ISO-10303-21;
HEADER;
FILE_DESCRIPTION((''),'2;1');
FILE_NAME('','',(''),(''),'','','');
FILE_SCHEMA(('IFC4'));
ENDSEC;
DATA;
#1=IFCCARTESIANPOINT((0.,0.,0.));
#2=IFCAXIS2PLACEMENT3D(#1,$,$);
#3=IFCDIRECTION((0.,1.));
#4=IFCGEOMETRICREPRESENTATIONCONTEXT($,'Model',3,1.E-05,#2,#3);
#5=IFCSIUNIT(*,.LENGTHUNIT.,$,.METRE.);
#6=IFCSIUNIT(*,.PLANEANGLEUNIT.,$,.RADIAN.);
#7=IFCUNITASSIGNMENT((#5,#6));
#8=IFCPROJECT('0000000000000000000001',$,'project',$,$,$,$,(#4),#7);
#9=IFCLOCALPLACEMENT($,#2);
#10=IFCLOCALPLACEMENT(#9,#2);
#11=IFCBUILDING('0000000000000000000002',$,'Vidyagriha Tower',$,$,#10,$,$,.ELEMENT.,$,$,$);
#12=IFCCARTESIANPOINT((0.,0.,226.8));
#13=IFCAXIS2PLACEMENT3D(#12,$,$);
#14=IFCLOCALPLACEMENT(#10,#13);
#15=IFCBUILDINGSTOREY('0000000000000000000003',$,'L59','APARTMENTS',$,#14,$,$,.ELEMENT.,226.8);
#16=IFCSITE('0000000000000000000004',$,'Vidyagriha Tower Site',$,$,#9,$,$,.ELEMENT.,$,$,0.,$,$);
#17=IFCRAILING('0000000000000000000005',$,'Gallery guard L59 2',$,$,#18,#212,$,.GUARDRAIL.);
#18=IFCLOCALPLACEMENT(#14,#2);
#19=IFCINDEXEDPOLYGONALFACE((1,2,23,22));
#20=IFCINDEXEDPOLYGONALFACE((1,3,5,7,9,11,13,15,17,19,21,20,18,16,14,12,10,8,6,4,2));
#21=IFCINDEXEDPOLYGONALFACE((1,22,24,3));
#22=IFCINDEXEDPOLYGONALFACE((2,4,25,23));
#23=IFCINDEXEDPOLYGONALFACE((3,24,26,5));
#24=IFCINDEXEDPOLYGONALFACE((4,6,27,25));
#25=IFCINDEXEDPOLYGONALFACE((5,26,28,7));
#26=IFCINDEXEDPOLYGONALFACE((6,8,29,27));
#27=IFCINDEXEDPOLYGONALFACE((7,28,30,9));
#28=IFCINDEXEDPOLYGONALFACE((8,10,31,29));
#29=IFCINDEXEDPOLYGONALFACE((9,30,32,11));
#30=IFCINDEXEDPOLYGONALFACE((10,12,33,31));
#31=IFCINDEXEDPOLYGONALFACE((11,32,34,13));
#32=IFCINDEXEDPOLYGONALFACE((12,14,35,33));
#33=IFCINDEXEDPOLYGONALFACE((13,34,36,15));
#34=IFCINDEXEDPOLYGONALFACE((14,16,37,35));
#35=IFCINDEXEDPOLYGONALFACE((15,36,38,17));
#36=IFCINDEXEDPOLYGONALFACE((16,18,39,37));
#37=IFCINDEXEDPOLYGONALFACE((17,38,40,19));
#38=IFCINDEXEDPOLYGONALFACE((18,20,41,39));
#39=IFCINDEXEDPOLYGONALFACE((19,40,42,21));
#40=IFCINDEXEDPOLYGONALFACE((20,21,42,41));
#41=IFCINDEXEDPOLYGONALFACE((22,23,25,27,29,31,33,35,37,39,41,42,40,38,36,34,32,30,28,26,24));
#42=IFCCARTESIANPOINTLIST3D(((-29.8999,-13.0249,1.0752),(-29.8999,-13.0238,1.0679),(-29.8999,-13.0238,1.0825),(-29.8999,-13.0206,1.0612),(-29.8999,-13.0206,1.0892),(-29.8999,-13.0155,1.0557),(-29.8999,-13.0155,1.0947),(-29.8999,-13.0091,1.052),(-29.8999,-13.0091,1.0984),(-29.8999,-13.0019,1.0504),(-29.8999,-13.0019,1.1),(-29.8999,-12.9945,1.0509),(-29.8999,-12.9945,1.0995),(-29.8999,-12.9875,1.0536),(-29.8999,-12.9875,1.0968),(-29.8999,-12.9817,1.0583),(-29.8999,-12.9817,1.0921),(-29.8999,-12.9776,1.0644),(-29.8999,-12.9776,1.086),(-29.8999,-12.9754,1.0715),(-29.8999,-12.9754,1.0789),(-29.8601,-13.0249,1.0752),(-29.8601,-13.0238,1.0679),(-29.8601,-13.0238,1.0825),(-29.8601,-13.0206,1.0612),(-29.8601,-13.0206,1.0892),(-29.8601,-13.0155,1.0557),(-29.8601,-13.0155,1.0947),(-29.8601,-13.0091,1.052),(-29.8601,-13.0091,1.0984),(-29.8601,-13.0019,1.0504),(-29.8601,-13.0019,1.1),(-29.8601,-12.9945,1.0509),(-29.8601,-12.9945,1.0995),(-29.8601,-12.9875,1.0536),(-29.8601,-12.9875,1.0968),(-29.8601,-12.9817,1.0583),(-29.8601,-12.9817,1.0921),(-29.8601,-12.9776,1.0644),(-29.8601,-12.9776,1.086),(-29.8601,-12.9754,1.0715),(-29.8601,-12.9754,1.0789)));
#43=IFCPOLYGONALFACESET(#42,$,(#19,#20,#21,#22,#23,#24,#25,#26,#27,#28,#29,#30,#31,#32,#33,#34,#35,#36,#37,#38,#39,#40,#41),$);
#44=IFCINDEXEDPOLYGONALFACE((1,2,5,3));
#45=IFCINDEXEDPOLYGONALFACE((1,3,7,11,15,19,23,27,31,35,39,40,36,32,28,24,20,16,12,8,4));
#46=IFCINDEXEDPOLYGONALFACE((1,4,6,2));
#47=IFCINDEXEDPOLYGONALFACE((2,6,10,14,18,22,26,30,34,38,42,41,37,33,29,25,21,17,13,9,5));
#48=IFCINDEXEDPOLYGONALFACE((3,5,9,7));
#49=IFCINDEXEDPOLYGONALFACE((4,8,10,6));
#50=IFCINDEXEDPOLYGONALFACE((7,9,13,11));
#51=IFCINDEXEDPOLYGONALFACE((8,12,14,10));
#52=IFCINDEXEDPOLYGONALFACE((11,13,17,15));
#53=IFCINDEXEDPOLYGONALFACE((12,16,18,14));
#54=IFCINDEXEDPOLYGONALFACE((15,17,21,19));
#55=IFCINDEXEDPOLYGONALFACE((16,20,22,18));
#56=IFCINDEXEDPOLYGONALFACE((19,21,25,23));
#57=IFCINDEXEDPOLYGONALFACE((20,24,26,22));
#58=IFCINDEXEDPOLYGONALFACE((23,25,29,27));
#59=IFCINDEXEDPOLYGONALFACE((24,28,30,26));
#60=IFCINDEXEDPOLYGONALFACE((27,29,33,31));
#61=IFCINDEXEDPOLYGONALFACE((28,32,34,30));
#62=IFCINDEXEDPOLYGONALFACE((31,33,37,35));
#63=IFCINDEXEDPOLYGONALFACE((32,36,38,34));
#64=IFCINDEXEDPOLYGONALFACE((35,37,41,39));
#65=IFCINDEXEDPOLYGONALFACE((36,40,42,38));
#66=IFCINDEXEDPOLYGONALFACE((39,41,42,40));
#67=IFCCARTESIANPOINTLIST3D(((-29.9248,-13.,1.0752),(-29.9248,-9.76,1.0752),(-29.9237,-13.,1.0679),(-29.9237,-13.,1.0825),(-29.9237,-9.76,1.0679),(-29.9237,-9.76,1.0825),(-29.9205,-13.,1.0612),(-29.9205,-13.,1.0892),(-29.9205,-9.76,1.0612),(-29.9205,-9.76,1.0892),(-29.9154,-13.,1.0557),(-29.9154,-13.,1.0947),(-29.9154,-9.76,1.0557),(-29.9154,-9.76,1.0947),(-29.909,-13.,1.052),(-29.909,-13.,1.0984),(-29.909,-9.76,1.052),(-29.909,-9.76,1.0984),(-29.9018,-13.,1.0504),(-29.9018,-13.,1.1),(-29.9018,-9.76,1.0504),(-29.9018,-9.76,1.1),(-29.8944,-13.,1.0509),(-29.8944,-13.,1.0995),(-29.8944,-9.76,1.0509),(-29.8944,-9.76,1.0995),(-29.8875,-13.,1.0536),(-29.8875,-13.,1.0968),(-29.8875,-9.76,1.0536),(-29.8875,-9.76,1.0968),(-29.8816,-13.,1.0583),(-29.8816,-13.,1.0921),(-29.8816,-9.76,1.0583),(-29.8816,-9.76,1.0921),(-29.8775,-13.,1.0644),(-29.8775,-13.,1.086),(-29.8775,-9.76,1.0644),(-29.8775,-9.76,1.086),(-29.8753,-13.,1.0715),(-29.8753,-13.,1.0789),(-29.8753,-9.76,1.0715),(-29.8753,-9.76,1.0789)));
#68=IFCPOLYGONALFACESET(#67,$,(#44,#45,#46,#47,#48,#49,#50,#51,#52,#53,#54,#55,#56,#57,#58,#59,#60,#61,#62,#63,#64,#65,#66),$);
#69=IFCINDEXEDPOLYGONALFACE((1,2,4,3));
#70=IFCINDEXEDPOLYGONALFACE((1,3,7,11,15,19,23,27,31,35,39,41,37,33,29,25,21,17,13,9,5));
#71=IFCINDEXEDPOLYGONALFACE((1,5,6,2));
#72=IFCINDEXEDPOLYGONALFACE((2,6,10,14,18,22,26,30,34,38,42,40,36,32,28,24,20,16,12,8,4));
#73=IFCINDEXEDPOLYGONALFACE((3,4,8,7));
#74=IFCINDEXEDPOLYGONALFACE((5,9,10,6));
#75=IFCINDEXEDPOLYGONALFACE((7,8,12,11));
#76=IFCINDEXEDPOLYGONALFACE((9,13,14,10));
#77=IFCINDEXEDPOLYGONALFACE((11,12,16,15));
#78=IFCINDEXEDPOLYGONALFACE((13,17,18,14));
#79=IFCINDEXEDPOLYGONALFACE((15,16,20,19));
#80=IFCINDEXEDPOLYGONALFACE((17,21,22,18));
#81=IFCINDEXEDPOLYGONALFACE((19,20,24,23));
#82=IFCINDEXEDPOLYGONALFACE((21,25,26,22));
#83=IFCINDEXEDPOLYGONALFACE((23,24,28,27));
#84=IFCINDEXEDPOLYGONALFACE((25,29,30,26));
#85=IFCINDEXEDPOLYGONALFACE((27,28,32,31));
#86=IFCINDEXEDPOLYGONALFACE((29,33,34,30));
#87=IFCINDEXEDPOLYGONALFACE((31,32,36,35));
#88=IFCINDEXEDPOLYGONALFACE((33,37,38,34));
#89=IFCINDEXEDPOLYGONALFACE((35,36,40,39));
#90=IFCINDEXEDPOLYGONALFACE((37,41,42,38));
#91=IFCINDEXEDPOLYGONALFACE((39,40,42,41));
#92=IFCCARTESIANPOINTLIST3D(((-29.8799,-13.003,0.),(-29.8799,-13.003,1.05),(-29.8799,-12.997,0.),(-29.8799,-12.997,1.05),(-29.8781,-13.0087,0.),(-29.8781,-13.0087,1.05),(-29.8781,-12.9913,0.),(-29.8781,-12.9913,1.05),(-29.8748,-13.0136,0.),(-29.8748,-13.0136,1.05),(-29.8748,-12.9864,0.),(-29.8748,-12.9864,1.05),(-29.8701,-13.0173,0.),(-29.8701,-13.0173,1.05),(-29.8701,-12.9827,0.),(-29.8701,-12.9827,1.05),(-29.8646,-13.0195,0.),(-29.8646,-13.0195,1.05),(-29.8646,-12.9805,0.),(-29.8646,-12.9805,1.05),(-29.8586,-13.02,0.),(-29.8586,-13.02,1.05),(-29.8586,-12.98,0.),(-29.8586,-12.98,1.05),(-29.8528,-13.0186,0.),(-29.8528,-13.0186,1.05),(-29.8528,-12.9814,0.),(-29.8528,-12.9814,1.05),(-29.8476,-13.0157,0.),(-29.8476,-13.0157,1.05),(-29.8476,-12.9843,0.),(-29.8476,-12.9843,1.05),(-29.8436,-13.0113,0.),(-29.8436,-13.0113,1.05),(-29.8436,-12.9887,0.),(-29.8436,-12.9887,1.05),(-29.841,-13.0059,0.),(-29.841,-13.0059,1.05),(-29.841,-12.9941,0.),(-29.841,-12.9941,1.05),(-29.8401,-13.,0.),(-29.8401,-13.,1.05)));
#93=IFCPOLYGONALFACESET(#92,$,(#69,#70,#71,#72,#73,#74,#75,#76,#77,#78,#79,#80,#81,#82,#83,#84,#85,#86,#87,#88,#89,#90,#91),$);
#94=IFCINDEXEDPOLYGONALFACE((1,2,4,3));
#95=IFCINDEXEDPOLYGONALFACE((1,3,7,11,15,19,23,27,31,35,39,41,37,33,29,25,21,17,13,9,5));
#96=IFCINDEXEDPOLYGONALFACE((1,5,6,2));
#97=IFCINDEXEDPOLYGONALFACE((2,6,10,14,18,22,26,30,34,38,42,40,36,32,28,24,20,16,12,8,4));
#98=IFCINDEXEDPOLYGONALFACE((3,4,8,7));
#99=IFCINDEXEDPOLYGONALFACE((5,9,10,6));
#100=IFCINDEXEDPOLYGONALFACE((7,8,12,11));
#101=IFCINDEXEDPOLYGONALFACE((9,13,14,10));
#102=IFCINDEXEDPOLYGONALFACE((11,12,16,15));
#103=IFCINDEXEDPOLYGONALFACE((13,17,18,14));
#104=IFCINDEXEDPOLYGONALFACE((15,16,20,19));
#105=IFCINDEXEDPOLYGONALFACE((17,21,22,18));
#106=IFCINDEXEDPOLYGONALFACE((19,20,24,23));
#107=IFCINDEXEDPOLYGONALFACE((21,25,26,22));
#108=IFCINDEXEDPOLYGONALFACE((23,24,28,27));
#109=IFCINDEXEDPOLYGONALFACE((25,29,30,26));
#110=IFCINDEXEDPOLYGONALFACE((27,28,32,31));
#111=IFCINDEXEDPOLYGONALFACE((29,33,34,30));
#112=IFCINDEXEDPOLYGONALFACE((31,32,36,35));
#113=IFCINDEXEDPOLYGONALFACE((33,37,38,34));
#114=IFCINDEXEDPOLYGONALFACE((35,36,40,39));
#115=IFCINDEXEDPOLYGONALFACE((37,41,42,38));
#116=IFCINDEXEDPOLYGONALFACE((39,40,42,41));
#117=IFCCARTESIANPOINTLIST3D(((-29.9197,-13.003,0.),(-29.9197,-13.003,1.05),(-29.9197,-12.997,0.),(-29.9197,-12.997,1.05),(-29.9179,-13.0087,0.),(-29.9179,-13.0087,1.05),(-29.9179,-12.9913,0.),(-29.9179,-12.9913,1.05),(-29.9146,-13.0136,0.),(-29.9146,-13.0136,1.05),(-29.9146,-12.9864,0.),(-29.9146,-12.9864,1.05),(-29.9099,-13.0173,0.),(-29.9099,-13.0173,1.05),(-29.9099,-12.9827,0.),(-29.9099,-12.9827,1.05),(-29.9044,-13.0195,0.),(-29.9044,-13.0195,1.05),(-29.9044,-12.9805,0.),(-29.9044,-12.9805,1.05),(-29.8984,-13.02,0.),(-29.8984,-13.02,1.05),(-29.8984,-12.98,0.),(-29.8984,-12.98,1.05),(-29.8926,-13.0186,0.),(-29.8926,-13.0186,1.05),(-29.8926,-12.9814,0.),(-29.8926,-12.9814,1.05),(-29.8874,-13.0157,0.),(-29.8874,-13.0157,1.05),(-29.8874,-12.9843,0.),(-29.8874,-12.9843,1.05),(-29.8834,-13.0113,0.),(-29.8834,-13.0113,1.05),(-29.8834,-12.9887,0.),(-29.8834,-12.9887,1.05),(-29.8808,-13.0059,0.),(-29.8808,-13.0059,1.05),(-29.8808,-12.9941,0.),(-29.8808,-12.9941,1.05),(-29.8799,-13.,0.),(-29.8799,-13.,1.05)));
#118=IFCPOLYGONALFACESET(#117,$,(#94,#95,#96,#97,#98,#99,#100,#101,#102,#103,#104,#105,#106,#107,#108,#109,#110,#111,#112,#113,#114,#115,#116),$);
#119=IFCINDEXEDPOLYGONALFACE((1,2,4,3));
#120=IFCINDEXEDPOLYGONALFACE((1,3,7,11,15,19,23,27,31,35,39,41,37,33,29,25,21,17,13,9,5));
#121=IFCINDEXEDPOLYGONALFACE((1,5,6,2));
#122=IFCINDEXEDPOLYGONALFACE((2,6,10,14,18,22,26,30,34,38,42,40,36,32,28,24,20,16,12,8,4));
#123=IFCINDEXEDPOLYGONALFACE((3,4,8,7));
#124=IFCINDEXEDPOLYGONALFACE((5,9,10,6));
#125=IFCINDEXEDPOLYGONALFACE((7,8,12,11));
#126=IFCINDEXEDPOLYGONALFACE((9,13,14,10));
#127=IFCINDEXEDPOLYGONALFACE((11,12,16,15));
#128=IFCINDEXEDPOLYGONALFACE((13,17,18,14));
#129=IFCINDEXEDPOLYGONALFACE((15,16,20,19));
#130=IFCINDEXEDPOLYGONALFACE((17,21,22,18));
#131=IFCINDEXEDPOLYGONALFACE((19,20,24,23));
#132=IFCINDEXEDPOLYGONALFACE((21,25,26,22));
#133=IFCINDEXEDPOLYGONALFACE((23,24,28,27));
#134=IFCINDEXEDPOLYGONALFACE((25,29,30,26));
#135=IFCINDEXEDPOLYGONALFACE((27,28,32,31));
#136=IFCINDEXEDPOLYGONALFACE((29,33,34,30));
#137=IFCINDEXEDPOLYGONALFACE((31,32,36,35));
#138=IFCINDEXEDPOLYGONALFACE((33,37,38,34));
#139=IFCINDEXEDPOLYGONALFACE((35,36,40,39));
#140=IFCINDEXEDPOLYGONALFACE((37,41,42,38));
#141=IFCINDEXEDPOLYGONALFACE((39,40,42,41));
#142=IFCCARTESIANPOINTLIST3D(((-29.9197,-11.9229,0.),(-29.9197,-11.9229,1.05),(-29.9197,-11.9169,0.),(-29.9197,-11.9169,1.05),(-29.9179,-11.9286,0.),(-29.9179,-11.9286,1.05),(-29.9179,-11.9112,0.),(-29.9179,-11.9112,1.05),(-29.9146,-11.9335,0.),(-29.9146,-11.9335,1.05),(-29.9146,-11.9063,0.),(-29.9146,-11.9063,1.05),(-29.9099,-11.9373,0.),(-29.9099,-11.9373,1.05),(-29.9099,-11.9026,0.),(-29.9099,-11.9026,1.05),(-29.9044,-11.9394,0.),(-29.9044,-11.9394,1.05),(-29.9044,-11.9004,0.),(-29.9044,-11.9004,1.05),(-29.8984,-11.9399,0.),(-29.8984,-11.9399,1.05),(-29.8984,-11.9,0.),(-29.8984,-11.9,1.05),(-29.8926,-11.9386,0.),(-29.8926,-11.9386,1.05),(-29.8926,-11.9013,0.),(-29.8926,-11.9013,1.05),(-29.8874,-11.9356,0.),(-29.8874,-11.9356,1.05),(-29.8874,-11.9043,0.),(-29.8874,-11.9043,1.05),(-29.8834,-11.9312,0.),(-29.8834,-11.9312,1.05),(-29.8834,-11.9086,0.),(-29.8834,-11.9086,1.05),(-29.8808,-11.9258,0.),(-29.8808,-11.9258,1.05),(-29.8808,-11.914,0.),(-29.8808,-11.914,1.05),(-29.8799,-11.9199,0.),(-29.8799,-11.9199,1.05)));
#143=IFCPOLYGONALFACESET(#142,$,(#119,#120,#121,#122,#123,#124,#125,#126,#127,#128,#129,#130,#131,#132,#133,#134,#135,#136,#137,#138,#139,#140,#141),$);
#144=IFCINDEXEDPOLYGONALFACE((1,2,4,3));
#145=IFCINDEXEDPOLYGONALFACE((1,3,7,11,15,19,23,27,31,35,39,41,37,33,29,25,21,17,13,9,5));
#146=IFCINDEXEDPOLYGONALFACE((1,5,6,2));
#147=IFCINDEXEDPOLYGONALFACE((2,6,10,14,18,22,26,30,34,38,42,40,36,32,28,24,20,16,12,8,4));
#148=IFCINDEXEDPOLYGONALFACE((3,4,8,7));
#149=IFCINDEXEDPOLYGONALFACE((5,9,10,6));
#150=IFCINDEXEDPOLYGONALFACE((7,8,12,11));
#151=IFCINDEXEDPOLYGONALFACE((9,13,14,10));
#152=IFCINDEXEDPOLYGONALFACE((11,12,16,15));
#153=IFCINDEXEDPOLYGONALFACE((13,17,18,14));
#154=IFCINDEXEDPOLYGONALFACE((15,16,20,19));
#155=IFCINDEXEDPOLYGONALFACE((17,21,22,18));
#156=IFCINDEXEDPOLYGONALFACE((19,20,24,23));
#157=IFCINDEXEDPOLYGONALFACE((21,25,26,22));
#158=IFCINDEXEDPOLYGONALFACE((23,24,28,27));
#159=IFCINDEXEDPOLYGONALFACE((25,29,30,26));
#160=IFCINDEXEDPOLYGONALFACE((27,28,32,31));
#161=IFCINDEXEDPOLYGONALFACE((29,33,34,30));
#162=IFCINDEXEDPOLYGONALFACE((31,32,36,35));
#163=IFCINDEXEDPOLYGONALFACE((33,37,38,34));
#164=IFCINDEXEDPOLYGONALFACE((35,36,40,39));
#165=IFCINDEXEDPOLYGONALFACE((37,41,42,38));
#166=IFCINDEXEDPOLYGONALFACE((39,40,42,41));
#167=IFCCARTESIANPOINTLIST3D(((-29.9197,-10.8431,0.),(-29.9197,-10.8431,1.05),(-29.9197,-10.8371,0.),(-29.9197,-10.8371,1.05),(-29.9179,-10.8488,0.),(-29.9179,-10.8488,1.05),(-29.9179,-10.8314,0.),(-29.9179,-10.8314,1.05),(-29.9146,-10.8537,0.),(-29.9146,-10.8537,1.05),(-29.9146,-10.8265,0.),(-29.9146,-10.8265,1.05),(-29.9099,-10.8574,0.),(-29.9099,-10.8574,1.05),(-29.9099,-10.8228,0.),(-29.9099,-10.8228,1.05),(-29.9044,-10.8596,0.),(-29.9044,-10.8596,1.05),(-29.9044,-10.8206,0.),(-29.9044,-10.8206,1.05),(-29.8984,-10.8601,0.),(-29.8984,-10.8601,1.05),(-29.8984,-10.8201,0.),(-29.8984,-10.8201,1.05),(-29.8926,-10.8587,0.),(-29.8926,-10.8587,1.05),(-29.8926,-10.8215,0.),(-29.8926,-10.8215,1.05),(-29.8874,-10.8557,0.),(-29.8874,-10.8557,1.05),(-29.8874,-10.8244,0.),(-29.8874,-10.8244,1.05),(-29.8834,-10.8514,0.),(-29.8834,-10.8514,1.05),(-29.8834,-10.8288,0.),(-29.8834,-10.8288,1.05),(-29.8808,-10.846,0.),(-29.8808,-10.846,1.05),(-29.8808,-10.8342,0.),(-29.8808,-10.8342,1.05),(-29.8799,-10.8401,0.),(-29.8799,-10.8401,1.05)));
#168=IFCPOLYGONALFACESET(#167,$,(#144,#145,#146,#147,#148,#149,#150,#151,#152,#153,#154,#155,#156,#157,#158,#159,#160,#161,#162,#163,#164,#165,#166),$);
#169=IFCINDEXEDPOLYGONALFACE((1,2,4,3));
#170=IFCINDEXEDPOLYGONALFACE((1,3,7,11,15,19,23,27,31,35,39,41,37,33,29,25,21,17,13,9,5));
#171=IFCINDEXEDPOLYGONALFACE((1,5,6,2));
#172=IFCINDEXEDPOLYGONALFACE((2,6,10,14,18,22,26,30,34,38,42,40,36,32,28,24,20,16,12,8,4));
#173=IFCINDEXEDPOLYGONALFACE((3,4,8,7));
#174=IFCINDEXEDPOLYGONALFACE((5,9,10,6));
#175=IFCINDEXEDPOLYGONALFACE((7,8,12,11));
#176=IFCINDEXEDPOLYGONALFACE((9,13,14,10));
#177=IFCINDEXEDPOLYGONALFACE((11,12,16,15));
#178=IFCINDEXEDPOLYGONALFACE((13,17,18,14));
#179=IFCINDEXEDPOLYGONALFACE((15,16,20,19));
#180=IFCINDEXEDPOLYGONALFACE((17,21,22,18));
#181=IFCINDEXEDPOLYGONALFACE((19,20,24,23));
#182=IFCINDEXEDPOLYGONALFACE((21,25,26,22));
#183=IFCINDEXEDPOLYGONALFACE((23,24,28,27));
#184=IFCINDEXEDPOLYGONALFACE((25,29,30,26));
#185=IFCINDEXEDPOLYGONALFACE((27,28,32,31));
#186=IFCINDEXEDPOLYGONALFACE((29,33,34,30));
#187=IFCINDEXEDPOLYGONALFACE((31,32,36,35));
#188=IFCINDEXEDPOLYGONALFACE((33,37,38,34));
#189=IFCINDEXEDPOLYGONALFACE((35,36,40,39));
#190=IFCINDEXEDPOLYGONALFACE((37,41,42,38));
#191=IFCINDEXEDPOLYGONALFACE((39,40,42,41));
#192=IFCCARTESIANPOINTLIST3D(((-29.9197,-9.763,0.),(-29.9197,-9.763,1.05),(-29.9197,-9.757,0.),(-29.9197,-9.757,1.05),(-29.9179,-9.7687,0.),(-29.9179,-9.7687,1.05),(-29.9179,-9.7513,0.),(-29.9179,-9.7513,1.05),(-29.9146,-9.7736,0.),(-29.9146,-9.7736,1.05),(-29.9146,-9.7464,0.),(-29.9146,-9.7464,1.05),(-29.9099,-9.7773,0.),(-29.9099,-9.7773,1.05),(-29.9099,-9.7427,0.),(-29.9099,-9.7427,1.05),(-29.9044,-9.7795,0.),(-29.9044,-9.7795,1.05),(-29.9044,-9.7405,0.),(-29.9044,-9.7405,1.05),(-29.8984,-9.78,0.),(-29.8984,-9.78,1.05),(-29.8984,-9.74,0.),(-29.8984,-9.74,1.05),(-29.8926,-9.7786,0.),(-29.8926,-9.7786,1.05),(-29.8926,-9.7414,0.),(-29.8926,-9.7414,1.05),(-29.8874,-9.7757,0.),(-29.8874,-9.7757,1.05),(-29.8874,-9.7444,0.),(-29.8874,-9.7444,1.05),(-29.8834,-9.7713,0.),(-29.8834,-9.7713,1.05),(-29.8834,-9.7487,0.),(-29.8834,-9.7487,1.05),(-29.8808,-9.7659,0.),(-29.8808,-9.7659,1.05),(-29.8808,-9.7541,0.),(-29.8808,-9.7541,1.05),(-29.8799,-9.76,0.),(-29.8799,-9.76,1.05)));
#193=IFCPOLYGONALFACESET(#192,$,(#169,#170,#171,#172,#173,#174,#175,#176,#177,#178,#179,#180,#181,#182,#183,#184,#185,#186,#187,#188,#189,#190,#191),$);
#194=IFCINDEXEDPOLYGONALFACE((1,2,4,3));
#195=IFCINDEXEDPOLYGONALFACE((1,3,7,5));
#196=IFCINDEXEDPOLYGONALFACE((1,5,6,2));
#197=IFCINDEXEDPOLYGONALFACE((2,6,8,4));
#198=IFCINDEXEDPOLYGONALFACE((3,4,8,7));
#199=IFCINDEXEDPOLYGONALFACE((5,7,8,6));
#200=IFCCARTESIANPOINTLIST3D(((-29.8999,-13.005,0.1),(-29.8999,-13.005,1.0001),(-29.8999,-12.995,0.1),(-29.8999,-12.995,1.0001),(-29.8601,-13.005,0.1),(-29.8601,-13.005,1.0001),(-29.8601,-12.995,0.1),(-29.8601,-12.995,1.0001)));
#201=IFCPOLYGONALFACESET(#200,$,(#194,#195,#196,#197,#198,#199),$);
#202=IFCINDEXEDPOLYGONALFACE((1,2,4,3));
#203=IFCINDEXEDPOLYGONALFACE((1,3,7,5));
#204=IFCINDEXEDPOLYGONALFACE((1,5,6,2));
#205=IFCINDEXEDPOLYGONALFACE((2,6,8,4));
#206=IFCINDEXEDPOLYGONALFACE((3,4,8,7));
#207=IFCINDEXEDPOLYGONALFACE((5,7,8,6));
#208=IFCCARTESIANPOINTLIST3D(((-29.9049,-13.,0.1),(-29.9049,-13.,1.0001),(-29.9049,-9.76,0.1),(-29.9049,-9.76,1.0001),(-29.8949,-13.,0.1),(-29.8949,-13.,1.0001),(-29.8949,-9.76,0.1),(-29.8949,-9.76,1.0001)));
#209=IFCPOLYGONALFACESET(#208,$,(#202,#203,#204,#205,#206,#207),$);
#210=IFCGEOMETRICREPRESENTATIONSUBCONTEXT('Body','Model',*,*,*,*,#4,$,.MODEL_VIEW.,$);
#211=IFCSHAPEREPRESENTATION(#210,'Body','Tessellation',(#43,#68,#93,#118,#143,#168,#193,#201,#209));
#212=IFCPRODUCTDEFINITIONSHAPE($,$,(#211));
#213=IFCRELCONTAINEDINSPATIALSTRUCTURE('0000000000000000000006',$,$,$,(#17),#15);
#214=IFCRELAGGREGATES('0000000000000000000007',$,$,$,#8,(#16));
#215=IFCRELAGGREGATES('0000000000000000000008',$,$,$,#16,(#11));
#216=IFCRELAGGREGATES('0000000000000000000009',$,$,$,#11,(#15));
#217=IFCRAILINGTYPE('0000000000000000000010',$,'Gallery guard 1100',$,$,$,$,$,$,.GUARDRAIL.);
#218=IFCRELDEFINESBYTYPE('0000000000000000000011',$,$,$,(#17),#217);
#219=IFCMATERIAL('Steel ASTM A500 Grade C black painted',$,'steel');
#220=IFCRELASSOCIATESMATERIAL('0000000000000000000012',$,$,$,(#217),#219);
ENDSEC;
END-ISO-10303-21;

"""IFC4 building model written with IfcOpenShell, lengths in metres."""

from ifc_helpers import new_model, si_unit, direction, frame, origin, origin_2d, place, context, subcontext, project, spatial, rectangle, circle, extrude, material, type_object, element, save


model = new_model("IFC4")

# Units and contexts
model_context = context("Model", 3, precision=1e-05, world=origin(), true_north=direction((0.0, 1.0)))
body_context = subcontext(model_context, "Body", "Model", "MODEL_VIEW")
ifc_project = project(units=[si_unit("LENGTHUNIT", "METRE"), si_unit("PLANEANGLEUNIT", "RADIAN")], contexts=[model_context])

# Site, building, storey
site_placement = place(None, origin())
site = spatial("IfcSite", under=ifc_project, at=site_placement, Name="Vidyagriha Tower Site", CompositionType="ELEMENT", RefElevation=0.0)
building_placement = place(site_placement, origin())
building = spatial("IfcBuilding", under=site, at=building_placement, Name="Vidyagriha Tower", CompositionType="ELEMENT")
storey_placement = place(building_placement, frame((0.0, 0.0, 226.8)))
storey = spatial("IfcBuildingStorey", under=building, at=storey_placement, Name="L59", Description="APARTMENTS", CompositionType="ELEMENT", Elevation=226.8)

# Railing
ifc_material_1 = material(Name="Steel ASTM A500 Grade C black painted", Category="steel")
railing_type = type_object("IfcRailingType", Name="Gallery guard 1100", PredefinedType="GUARDRAIL", material=ifc_material_1)
railing_1_placement = place(storey_placement, frame((-29.8601, -13.0, 0.0)))
element("IfcRailing", 1, at=railing_1_placement, inside=storey, type_object=railing_type, Name="Gallery guard L59 2", PredefinedType="GUARDRAIL", context=body_context, shape_type="SweptSolid", body=[
    extrude(circle(Radius=0.0249, at=origin_2d()), frame((0.0, 0.0, 1.0752), z_axis=(-1.0, 0.0, 0.0), x_axis=(0.0, -1.0, 0.0)), (0.0, 0.0, 1.0), 0.0398),
    extrude(circle(Radius=0.0249, at=origin_2d()), frame((-0.0398, 0.0, 1.0752), z_axis=(0.0, 1.0, 0.0), x_axis=(-1.0, 0.0, 0.0)), (0.0, 0.0, 1.0), 3.24),
    extrude(circle(Radius=0.02, at=origin_2d()), origin(), (0.0, 0.0, 1.0), 1.05),
    extrude(circle(Radius=0.02, at=origin_2d()), frame((-0.0398, 0.0, 0.0)), (0.0, 0.0, 1.0), 1.05),
    extrude(circle(Radius=0.02, at=origin_2d()), frame((-0.0398, 1.0801, 0.0)), (0.0, 0.0, 1.0), 1.05),
    extrude(circle(Radius=0.02, at=origin_2d()), frame((-0.0398, 2.1599, 0.0)), (0.0, 0.0, 1.0), 1.05),
    extrude(circle(Radius=0.02, at=origin_2d()), frame((-0.0398, 3.24, 0.0)), (0.0, 0.0, 1.0), 1.05),
    extrude(rectangle(XDim=0.01, YDim=0.9001, at=origin_2d()), frame((0.0, 0.0, 0.55), z_axis=(-1.0, 0.0, 0.0), x_axis=(0.0, -1.0, 0.0)), (0.0, 0.0, 1.0), 0.0398),
    extrude(rectangle(XDim=0.01, YDim=0.9001, at=origin_2d()), frame((-0.0398, 0.0, 0.55), z_axis=(0.0, 1.0, 0.0), x_axis=(-1.0, 0.0, 0.0)), (0.0, 0.0, 1.0), 3.24),
])

save(model, "model.ifc")
